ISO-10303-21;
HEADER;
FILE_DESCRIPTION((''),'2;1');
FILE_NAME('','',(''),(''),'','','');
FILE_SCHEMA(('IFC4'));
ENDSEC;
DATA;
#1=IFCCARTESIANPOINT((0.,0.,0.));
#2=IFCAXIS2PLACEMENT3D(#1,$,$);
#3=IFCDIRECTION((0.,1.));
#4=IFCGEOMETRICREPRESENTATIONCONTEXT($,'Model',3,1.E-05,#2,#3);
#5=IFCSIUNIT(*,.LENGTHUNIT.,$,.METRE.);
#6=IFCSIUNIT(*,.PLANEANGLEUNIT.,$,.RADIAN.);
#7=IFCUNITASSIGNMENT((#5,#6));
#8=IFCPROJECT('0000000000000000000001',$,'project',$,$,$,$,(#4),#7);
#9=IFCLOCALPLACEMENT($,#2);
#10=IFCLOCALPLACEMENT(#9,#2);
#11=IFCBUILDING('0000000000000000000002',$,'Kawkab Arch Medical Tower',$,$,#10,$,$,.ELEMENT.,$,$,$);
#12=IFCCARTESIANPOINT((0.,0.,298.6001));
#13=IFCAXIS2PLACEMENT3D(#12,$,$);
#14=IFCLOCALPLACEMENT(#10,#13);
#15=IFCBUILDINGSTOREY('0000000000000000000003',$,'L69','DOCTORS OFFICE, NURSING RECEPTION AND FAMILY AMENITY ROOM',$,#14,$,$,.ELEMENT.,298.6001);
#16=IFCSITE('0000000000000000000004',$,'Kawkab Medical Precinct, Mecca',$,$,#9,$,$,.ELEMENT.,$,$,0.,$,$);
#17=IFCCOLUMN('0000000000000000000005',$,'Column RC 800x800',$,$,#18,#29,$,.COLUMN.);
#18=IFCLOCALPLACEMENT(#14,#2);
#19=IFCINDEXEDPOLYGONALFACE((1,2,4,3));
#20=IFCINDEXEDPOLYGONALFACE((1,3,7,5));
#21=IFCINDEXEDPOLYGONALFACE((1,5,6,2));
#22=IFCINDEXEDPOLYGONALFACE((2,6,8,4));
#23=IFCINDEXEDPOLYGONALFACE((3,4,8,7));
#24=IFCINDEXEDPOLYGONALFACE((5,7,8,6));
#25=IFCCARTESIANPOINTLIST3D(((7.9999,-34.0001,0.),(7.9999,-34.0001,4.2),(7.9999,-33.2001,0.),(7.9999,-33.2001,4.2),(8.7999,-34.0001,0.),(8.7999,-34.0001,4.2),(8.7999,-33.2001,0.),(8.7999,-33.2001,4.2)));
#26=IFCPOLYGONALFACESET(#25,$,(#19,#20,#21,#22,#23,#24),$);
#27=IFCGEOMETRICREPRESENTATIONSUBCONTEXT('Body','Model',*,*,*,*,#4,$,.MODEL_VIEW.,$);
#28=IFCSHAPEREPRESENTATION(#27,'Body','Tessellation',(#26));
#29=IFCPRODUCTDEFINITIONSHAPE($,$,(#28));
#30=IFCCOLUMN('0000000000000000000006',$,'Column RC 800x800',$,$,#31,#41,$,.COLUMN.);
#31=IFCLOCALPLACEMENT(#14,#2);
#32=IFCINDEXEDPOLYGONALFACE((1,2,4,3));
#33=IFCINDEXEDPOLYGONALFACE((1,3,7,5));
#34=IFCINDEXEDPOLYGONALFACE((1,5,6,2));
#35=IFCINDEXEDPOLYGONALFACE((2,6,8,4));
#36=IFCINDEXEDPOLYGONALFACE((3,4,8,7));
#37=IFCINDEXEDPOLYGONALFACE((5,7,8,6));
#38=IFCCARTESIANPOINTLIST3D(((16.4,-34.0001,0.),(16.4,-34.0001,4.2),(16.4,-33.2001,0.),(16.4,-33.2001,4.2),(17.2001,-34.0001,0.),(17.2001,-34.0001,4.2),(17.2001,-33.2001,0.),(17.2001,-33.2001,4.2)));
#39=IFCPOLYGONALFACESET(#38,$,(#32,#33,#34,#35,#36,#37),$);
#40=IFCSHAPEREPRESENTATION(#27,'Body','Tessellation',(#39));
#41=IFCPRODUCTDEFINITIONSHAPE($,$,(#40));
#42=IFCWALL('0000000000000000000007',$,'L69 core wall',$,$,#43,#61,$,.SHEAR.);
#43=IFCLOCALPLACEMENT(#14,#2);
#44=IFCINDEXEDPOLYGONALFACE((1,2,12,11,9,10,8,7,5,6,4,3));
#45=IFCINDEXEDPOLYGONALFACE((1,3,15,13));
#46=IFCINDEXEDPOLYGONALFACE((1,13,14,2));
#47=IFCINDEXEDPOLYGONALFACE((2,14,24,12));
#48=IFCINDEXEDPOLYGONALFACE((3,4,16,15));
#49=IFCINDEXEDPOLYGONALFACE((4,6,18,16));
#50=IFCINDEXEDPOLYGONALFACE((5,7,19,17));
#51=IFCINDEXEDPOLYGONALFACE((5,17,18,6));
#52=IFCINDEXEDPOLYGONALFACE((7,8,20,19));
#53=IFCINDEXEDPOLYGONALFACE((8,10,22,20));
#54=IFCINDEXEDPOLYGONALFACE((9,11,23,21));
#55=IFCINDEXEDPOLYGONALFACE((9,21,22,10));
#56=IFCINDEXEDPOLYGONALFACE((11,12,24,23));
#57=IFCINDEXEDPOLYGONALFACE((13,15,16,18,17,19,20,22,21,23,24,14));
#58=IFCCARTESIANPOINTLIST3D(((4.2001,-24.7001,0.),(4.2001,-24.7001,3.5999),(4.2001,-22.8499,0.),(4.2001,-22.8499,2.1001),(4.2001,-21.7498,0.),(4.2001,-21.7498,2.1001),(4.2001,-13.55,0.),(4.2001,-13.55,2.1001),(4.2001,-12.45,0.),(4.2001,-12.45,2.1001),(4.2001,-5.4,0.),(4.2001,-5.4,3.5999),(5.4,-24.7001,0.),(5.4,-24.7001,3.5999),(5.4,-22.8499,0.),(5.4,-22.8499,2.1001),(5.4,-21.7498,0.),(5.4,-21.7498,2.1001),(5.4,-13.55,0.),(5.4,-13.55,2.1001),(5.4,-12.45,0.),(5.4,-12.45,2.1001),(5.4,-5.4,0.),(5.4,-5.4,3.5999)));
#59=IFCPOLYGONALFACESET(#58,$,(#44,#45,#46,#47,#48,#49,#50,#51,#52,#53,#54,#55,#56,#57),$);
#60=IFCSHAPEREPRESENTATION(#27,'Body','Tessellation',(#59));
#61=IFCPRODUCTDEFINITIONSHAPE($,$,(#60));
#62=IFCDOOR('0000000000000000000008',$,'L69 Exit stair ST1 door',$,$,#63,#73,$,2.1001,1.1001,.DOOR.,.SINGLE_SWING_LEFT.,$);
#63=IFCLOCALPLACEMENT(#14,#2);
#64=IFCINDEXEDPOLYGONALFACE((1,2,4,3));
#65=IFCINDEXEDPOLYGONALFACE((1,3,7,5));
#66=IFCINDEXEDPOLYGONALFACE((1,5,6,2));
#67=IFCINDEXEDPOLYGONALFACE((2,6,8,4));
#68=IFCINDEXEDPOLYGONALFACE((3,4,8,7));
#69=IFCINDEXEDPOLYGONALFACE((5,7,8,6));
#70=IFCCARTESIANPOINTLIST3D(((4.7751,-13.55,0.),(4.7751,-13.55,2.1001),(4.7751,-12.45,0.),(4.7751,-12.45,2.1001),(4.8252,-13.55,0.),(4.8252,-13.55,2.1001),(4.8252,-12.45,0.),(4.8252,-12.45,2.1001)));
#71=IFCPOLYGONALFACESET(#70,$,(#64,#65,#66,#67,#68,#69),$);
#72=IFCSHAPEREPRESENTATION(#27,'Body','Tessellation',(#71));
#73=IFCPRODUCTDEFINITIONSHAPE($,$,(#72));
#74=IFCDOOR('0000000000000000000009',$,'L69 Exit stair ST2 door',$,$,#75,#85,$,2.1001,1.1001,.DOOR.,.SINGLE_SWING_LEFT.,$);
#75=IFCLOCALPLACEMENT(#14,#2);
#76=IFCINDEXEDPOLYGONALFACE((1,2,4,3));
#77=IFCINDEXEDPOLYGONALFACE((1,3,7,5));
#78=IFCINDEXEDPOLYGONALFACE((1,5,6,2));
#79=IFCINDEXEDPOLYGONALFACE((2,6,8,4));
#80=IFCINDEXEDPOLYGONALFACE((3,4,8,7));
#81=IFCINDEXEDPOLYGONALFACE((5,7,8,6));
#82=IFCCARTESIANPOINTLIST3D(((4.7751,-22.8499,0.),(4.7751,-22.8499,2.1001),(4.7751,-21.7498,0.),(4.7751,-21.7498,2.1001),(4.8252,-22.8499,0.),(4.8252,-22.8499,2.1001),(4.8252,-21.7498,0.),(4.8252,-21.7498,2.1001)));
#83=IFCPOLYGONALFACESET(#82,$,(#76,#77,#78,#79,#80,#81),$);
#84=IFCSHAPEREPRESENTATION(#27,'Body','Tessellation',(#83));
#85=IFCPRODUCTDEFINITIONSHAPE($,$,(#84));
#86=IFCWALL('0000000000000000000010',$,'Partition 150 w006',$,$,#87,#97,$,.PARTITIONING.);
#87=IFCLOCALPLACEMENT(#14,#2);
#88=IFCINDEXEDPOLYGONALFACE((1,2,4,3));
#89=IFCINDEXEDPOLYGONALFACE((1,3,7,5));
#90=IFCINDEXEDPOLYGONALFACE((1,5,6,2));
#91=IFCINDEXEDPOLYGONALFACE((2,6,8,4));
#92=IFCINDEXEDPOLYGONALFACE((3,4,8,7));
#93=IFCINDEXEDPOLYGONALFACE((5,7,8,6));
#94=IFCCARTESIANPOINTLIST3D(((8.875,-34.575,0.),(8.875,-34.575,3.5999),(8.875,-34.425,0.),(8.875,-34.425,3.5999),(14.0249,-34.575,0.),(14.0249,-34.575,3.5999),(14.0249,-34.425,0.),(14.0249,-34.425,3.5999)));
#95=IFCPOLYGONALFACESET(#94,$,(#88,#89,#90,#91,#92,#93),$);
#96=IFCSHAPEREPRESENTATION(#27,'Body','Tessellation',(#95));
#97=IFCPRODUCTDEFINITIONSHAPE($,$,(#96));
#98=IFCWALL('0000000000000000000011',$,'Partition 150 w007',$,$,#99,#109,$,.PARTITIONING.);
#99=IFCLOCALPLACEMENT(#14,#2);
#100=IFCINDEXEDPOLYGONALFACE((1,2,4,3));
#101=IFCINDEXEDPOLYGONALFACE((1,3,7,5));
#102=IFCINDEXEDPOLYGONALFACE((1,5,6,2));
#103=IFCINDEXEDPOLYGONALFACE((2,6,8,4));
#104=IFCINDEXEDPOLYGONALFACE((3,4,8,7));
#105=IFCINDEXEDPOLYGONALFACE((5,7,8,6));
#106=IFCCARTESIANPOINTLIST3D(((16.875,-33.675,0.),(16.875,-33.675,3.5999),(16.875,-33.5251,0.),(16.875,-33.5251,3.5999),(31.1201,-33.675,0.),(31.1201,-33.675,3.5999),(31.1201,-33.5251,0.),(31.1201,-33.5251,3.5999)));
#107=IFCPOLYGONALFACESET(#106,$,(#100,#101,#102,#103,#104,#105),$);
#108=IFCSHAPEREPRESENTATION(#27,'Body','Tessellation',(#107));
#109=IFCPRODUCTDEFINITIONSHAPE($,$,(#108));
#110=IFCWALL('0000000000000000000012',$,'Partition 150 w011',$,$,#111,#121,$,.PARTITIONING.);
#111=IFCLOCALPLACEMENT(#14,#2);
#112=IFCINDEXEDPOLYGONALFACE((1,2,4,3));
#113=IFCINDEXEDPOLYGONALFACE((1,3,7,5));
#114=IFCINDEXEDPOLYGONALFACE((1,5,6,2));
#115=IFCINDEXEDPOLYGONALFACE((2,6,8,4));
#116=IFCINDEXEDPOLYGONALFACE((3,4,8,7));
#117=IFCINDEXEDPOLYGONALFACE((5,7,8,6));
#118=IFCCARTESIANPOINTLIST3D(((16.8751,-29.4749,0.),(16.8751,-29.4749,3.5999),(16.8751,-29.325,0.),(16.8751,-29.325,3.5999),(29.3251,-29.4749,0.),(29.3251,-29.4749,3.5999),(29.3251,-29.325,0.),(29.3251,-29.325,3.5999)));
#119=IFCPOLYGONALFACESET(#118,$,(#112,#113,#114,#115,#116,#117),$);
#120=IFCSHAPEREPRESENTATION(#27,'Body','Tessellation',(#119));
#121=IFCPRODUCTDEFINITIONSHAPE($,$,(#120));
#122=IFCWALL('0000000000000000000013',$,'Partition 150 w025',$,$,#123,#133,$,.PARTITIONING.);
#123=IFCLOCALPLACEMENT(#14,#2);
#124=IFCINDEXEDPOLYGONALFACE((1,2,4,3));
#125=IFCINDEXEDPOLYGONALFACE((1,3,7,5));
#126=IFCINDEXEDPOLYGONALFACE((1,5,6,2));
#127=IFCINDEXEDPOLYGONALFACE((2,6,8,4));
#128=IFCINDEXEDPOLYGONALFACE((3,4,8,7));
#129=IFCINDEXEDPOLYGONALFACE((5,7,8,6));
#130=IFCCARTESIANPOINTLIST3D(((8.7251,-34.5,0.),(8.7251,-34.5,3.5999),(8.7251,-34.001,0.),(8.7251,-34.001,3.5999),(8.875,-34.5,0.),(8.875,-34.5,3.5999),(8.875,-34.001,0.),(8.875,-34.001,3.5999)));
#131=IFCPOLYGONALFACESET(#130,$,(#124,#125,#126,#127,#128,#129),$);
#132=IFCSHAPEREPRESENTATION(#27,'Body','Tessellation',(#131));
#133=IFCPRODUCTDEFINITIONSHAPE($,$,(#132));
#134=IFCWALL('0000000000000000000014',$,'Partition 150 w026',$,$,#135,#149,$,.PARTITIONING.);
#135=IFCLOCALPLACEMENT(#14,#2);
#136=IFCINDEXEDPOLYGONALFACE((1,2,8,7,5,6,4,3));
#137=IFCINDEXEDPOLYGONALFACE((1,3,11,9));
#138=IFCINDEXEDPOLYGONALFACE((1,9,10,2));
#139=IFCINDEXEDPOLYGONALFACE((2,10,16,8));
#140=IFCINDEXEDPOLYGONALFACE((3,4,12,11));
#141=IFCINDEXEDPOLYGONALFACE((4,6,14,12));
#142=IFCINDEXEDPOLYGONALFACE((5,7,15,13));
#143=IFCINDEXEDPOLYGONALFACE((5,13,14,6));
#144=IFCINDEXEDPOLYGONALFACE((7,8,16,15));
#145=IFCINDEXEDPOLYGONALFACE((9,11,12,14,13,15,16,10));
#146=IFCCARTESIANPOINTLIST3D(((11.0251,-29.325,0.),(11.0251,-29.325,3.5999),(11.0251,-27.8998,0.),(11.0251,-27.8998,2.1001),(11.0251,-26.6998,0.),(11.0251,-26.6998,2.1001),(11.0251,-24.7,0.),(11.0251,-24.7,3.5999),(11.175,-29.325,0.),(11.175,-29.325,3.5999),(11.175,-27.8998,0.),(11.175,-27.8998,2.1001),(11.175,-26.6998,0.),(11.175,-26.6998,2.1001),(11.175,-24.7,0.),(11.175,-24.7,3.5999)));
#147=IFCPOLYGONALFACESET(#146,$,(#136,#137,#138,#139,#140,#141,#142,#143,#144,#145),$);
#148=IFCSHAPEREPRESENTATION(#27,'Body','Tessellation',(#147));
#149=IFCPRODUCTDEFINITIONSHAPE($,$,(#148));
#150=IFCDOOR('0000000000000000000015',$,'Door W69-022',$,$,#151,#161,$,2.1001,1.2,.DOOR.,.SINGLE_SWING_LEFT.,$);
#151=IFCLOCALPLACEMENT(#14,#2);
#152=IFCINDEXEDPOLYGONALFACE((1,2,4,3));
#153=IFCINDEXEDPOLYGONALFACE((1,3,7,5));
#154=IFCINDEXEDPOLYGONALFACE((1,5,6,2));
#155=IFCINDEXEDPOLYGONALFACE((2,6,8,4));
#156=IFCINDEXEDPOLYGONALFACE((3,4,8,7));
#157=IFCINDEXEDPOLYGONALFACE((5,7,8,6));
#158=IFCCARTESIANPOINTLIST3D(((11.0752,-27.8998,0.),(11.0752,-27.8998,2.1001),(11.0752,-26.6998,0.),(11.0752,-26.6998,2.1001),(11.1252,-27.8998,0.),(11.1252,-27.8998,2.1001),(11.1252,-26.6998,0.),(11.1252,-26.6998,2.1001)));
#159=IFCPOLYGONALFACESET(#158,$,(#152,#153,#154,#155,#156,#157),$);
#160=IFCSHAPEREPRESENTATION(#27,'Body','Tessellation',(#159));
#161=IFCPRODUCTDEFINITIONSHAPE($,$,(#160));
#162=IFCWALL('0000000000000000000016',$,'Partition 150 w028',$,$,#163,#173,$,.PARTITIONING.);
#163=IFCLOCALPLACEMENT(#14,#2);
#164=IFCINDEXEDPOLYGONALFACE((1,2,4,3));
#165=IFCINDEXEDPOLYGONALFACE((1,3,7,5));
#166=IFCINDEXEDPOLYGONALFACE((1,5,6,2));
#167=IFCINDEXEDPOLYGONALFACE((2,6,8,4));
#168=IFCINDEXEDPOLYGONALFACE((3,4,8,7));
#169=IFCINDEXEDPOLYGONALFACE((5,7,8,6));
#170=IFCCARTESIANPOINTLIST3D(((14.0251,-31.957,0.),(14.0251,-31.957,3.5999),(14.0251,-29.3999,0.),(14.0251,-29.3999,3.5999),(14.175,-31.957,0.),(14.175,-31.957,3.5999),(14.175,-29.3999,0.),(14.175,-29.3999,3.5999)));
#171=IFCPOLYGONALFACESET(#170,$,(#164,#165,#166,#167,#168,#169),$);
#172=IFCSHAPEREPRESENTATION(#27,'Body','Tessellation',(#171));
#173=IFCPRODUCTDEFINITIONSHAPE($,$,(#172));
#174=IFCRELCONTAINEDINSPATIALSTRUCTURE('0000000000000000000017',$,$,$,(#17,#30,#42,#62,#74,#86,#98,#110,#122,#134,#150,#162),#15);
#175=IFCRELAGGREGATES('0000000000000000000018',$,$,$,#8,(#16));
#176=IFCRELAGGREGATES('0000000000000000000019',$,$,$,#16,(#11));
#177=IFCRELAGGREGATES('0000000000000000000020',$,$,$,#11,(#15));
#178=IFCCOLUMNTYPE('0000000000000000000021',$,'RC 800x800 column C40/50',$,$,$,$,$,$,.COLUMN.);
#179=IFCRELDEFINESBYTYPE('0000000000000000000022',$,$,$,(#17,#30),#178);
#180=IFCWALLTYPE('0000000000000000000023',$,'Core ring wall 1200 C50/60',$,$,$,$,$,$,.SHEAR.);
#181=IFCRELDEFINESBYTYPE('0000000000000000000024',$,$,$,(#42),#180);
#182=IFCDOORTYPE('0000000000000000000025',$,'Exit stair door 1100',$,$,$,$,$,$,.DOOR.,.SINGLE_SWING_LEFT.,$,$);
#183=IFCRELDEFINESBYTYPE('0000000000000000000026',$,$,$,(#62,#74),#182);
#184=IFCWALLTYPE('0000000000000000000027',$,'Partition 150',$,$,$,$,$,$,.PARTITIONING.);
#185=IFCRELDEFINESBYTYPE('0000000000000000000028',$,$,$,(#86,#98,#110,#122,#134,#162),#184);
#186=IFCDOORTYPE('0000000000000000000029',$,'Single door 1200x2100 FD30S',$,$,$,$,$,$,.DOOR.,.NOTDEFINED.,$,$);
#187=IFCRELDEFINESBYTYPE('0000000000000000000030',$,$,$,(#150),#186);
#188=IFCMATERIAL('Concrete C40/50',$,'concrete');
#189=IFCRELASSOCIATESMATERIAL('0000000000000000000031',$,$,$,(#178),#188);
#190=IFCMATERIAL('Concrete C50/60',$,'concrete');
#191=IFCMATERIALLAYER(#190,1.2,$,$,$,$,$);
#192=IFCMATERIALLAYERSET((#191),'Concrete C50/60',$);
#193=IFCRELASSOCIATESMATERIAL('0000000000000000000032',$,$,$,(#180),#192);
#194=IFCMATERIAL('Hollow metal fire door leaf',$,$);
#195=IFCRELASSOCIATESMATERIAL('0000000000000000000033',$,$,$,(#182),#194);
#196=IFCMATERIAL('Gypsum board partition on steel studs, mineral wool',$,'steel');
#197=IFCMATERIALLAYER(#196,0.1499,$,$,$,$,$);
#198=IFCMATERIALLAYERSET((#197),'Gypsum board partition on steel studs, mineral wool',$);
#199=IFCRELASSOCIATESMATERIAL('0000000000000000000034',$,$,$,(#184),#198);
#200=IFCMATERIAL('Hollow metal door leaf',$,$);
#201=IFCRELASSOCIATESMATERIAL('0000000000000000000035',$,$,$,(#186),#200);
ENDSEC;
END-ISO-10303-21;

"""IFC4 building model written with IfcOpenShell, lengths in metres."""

from ifc_helpers import new_model, si_unit, direction, frame, frame_2d, origin, origin_2d, place, context, subcontext, project, spatial, rectangle, extrude, material, layer, layer_set, material_profile, profile_set, type_object, element, fill, save


model = new_model("IFC4")

# Units and contexts
model_context = context("Model", 3, precision=1e-05, world=origin(), true_north=direction((0.0, 1.0)))
body_context = subcontext(model_context, "Body", "Model", "MODEL_VIEW")
ifc_project = project(units=[si_unit("LENGTHUNIT", "METRE"), si_unit("PLANEANGLEUNIT", "RADIAN")], contexts=[model_context])

# Site, building, storey
site_placement = place(None, origin())
site = spatial("IfcSite", under=ifc_project, at=site_placement, Name="Kawkab Medical Precinct, Mecca", CompositionType="ELEMENT", RefElevation=0.0)
building_placement = place(site_placement, origin())
building = spatial("IfcBuilding", under=site, at=building_placement, Name="Kawkab Arch Medical Tower", CompositionType="ELEMENT")
storey_placement = place(building_placement, frame((0.0, 0.0, 298.6001)))
storey = spatial("IfcBuildingStorey", under=building, at=storey_placement, Name="L69", Description="DOCTORS OFFICE, NURSING RECEPTION AND FAMILY AMENITY ROOM", CompositionType="ELEMENT", Elevation=298.6001)

# Columns
ifc_material_1 = material(Name="Concrete C40/50", Category="concrete")
ifc_material_profile = material_profile(ifc_material_1, rectangle(XDim=0.8, YDim=0.8, at=origin_2d()), Name="RC 800x800")
ifc_profile_set = profile_set([ifc_material_profile], Name="Concrete C40/50")
column_type = type_object("IfcColumnType", Name="RC 800x800 column C40/50", PredefinedType="COLUMN", material=ifc_profile_set)
for number, where, z_axis, x_axis, name in (
    (1, (8.3999, -33.6001, 0.0), (0.0, 0.0, 1.0), (1.0, 0.0, 0.0), "Column RC 800x800"),
    (2, (16.8, -33.6001, 0.0), (0.0, 0.0, 1.0), (1.0, 0.0, 0.0), "Column RC 800x800"),
):
    element("IfcColumn", number, at=place(storey_placement, frame(where, z_axis=z_axis, x_axis=x_axis)), inside=storey, type_object=column_type, Name=name, PredefinedType="COLUMN", context=body_context, shape_type="SweptSolid", body=[
        extrude(rectangle(XDim=0.8, YDim=0.8, at=origin_2d()), origin(), (0.0, 0.0, 1.0), 4.2),
    ])

# Wall, openings, doors
ifc_material_2 = material(Name="Concrete C50/60", Category="concrete")
ifc_layer_1 = layer(ifc_material_2, 1.2)
ifc_layer_set_1 = layer_set([ifc_layer_1], Name="Concrete C50/60")
wall_type_1 = type_object("IfcWallType", Name="Core ring wall 1200 C50/60", PredefinedType="SHEAR", material=ifc_layer_set_1)
wall_1_placement = place(storey_placement, frame((4.8, -24.7, 0.0), z_axis=(0.0, 0.0, 1.0), x_axis=(0.0, 1.0, 0.0)))
wall_1 = element("IfcWall", 3, at=wall_1_placement, inside=storey, type_object=wall_type_1, Name="L69 core wall", PredefinedType="SHEAR", context=body_context, shape_type="SweptSolid", body=[
    extrude(rectangle(XDim=19.3, YDim=1.2, at=frame_2d((9.6499, 0.0))), origin(), (0.0, 0.0, 1.0), 3.5999),
])
opening_1_placement = place(wall_1_placement, frame((11.1499, 0.0, 0.0)))
opening_1 = element("IfcOpeningElement", 4, at=opening_1_placement, cuts=wall_1, PredefinedType="OPENING", context=body_context, shape_type="SweptSolid", body=[
    extrude(rectangle(XDim=1.1001, YDim=2.1001, at=frame_2d((0.55, 1.05))), frame((0.0, 0.6099, 0.0), z_axis=(0.0, -1.0, 0.0), x_axis=(1.0, 0.0, 0.0)), (0.0, 0.0, 1.0), 1.22),
])
opening_2_placement = place(wall_1_placement, frame((1.8501, 0.0, 0.0)))
opening_2 = element("IfcOpeningElement", 5, at=opening_2_placement, cuts=wall_1, PredefinedType="OPENING", context=body_context, shape_type="SweptSolid", body=[
    extrude(rectangle(XDim=1.1001, YDim=2.1001, at=frame_2d((0.55, 1.05))), frame((0.0, 0.6099, 0.0), z_axis=(0.0, -1.0, 0.0), x_axis=(1.0, 0.0, 0.0)), (0.0, 0.0, 1.0), 1.22),
])
ifc_material_3 = material(Name="Hollow metal fire door leaf")
door_type_1 = type_object("IfcDoorType", Name="Exit stair door 1100", OperationType="SINGLE_SWING_LEFT", PredefinedType="DOOR", material=ifc_material_3)
door_1_placement = place(opening_1_placement, origin())
door_1 = element("IfcDoor", 6, at=door_1_placement, inside=storey, type_object=door_type_1, Name="L69 Exit stair ST1 door", OperationType="SINGLE_SWING_LEFT", OverallHeight=2.1001, OverallWidth=1.1001, PredefinedType="DOOR", context=body_context, shape_type="SweptSolid", body=[
    extrude(rectangle(XDim=1.1001, YDim=2.1001, at=frame_2d((0.55, 1.05))), frame((0.0, 0.0249, 0.0), z_axis=(0.0, -1.0, 0.0), x_axis=(1.0, 0.0, 0.0)), (0.0, 0.0, 1.0), 0.05),
])
fill(opening_1, door_1)
door_2_placement = place(opening_2_placement, origin())
door_2 = element("IfcDoor", 7, at=door_2_placement, inside=storey, type_object=door_type_1, Name="L69 Exit stair ST2 door", OperationType="SINGLE_SWING_LEFT", OverallHeight=2.1001, OverallWidth=1.1001, PredefinedType="DOOR", context=body_context, shape_type="SweptSolid", body=[
    extrude(rectangle(XDim=1.1001, YDim=2.1001, at=frame_2d((0.55, 1.05))), frame((0.0, 0.0249, 0.0), z_axis=(0.0, -1.0, 0.0), x_axis=(1.0, 0.0, 0.0)), (0.0, 0.0, 1.0), 0.05),
])
fill(opening_2, door_2)

# Walls
ifc_material_4 = material(Name="Gypsum board partition on steel studs, mineral wool", Category="steel")
ifc_layer_2 = layer(ifc_material_4, 0.1499)
ifc_layer_set_2 = layer_set([ifc_layer_2], Name="Gypsum board partition on steel studs, mineral wool")
wall_type_2 = type_object("IfcWallType", Name="Partition 150", PredefinedType="PARTITIONING", material=ifc_layer_set_2)
wall_2_placement = place(storey_placement, frame((8.875, -34.5, 0.0), z_axis=(0.0, 0.0, 1.0), x_axis=(1.0, 0.0, 0.0)))
element("IfcWall", 8, at=wall_2_placement, inside=storey, type_object=wall_type_2, Name="Partition 150 w006", PredefinedType="PARTITIONING", context=body_context, shape_type="SweptSolid", body=[
    extrude(rectangle(XDim=5.1499, YDim=0.1499, at=frame_2d((2.575, 0.0))), origin(), (0.0, 0.0, 1.0), 3.5999),
])
wall_3_placement = place(storey_placement, frame((16.875, -33.6001, 0.0), z_axis=(0.0, 0.0, 1.0), x_axis=(1.0, 0.0, 0.0)))
element("IfcWall", 9, at=wall_3_placement, inside=storey, type_object=wall_type_2, Name="Partition 150 w007", PredefinedType="PARTITIONING", context=body_context, shape_type="SweptSolid", body=[
    extrude(rectangle(XDim=14.2451, YDim=0.1499, at=frame_2d((7.1226, 0.0))), origin(), (0.0, 0.0, 1.0), 3.5999),
])
wall_4_placement = place(storey_placement, frame((16.875, -29.3999, 0.0), z_axis=(0.0, 0.0, 1.0), x_axis=(1.0, 0.0, 0.0)))
element("IfcWall", 10, at=wall_4_placement, inside=storey, type_object=wall_type_2, Name="Partition 150 w011", PredefinedType="PARTITIONING", context=body_context, shape_type="SweptSolid", body=[
    extrude(rectangle(XDim=12.45, YDim=0.1499, at=frame_2d((6.2251, 0.0))), origin(), (0.0, 0.0, 1.0), 3.5999),
])
wall_5_placement = place(storey_placement, frame((8.8, -34.5, 0.0), z_axis=(0.0, 0.0, 1.0), x_axis=(0.0, 1.0, 0.0)))
element("IfcWall", 11, at=wall_5_placement, inside=storey, type_object=wall_type_2, Name="Partition 150 w025", PredefinedType="PARTITIONING", context=body_context, shape_type="SweptSolid", body=[
    extrude(rectangle(XDim=0.499, YDim=0.1499, at=frame_2d((0.2495, 0.0))), origin(), (0.0, 0.0, 1.0), 3.5999),
])

# Wall, opening, door
wall_6_placement = place(storey_placement, frame((11.1001, -29.325, 0.0), z_axis=(0.0, 0.0, 1.0), x_axis=(0.0, 1.0, 0.0)))
wall_6 = element("IfcWall", 12, at=wall_6_placement, inside=storey, type_object=wall_type_2, Name="Partition 150 w026", PredefinedType="PARTITIONING", context=body_context, shape_type="SweptSolid", body=[
    extrude(rectangle(XDim=4.625, YDim=0.1499, at=frame_2d((2.3125, 0.0))), origin(), (0.0, 0.0, 1.0), 3.5999),
])
opening_3_placement = place(wall_6_placement, frame((1.425, 0.0, 0.0)))
opening_3 = element("IfcOpeningElement", 13, at=opening_3_placement, cuts=wall_6, PredefinedType="OPENING", context=body_context, shape_type="SweptSolid", body=[
    extrude(rectangle(XDim=1.2, YDim=2.1001, at=frame_2d((0.6001, 1.05))), frame((0.0, 0.085, 0.0), z_axis=(0.0, -1.0, 0.0), x_axis=(1.0, 0.0, 0.0)), (0.0, 0.0, 1.0), 0.1699),
])
ifc_material_5 = material(Name="Hollow metal door leaf")
door_type_2 = type_object("IfcDoorType", Name="Single door 1200x2100 FD30S", OperationType="NOTDEFINED", PredefinedType="DOOR", material=ifc_material_5)
door_3_placement = place(opening_3_placement, origin())
door_3 = element("IfcDoor", 14, at=door_3_placement, inside=storey, type_object=door_type_2, Name="Door W69-022", OperationType="SINGLE_SWING_LEFT", OverallHeight=2.1001, OverallWidth=1.2, PredefinedType="DOOR", context=body_context, shape_type="SweptSolid", body=[
    extrude(rectangle(XDim=1.2, YDim=2.1001, at=frame_2d((0.6001, 1.05))), frame((0.0, 0.0249, 0.0), z_axis=(0.0, -1.0, 0.0), x_axis=(1.0, 0.0, 0.0)), (0.0, 0.0, 1.0), 0.05),
])
fill(opening_3, door_3)

# Wall
wall_7_placement = place(storey_placement, frame((14.1001, -31.957, 0.0), z_axis=(0.0, 0.0, 1.0), x_axis=(0.0, 1.0, 0.0)))
element("IfcWall", 15, at=wall_7_placement, inside=storey, type_object=wall_type_2, Name="Partition 150 w028", PredefinedType="PARTITIONING", context=body_context, shape_type="SweptSolid", body=[
    extrude(rectangle(XDim=2.5571, YDim=0.1499, at=frame_2d((1.2786, 0.0))), origin(), (0.0, 0.0, 1.0), 3.5999),
])

save(model, "model.ifc")
